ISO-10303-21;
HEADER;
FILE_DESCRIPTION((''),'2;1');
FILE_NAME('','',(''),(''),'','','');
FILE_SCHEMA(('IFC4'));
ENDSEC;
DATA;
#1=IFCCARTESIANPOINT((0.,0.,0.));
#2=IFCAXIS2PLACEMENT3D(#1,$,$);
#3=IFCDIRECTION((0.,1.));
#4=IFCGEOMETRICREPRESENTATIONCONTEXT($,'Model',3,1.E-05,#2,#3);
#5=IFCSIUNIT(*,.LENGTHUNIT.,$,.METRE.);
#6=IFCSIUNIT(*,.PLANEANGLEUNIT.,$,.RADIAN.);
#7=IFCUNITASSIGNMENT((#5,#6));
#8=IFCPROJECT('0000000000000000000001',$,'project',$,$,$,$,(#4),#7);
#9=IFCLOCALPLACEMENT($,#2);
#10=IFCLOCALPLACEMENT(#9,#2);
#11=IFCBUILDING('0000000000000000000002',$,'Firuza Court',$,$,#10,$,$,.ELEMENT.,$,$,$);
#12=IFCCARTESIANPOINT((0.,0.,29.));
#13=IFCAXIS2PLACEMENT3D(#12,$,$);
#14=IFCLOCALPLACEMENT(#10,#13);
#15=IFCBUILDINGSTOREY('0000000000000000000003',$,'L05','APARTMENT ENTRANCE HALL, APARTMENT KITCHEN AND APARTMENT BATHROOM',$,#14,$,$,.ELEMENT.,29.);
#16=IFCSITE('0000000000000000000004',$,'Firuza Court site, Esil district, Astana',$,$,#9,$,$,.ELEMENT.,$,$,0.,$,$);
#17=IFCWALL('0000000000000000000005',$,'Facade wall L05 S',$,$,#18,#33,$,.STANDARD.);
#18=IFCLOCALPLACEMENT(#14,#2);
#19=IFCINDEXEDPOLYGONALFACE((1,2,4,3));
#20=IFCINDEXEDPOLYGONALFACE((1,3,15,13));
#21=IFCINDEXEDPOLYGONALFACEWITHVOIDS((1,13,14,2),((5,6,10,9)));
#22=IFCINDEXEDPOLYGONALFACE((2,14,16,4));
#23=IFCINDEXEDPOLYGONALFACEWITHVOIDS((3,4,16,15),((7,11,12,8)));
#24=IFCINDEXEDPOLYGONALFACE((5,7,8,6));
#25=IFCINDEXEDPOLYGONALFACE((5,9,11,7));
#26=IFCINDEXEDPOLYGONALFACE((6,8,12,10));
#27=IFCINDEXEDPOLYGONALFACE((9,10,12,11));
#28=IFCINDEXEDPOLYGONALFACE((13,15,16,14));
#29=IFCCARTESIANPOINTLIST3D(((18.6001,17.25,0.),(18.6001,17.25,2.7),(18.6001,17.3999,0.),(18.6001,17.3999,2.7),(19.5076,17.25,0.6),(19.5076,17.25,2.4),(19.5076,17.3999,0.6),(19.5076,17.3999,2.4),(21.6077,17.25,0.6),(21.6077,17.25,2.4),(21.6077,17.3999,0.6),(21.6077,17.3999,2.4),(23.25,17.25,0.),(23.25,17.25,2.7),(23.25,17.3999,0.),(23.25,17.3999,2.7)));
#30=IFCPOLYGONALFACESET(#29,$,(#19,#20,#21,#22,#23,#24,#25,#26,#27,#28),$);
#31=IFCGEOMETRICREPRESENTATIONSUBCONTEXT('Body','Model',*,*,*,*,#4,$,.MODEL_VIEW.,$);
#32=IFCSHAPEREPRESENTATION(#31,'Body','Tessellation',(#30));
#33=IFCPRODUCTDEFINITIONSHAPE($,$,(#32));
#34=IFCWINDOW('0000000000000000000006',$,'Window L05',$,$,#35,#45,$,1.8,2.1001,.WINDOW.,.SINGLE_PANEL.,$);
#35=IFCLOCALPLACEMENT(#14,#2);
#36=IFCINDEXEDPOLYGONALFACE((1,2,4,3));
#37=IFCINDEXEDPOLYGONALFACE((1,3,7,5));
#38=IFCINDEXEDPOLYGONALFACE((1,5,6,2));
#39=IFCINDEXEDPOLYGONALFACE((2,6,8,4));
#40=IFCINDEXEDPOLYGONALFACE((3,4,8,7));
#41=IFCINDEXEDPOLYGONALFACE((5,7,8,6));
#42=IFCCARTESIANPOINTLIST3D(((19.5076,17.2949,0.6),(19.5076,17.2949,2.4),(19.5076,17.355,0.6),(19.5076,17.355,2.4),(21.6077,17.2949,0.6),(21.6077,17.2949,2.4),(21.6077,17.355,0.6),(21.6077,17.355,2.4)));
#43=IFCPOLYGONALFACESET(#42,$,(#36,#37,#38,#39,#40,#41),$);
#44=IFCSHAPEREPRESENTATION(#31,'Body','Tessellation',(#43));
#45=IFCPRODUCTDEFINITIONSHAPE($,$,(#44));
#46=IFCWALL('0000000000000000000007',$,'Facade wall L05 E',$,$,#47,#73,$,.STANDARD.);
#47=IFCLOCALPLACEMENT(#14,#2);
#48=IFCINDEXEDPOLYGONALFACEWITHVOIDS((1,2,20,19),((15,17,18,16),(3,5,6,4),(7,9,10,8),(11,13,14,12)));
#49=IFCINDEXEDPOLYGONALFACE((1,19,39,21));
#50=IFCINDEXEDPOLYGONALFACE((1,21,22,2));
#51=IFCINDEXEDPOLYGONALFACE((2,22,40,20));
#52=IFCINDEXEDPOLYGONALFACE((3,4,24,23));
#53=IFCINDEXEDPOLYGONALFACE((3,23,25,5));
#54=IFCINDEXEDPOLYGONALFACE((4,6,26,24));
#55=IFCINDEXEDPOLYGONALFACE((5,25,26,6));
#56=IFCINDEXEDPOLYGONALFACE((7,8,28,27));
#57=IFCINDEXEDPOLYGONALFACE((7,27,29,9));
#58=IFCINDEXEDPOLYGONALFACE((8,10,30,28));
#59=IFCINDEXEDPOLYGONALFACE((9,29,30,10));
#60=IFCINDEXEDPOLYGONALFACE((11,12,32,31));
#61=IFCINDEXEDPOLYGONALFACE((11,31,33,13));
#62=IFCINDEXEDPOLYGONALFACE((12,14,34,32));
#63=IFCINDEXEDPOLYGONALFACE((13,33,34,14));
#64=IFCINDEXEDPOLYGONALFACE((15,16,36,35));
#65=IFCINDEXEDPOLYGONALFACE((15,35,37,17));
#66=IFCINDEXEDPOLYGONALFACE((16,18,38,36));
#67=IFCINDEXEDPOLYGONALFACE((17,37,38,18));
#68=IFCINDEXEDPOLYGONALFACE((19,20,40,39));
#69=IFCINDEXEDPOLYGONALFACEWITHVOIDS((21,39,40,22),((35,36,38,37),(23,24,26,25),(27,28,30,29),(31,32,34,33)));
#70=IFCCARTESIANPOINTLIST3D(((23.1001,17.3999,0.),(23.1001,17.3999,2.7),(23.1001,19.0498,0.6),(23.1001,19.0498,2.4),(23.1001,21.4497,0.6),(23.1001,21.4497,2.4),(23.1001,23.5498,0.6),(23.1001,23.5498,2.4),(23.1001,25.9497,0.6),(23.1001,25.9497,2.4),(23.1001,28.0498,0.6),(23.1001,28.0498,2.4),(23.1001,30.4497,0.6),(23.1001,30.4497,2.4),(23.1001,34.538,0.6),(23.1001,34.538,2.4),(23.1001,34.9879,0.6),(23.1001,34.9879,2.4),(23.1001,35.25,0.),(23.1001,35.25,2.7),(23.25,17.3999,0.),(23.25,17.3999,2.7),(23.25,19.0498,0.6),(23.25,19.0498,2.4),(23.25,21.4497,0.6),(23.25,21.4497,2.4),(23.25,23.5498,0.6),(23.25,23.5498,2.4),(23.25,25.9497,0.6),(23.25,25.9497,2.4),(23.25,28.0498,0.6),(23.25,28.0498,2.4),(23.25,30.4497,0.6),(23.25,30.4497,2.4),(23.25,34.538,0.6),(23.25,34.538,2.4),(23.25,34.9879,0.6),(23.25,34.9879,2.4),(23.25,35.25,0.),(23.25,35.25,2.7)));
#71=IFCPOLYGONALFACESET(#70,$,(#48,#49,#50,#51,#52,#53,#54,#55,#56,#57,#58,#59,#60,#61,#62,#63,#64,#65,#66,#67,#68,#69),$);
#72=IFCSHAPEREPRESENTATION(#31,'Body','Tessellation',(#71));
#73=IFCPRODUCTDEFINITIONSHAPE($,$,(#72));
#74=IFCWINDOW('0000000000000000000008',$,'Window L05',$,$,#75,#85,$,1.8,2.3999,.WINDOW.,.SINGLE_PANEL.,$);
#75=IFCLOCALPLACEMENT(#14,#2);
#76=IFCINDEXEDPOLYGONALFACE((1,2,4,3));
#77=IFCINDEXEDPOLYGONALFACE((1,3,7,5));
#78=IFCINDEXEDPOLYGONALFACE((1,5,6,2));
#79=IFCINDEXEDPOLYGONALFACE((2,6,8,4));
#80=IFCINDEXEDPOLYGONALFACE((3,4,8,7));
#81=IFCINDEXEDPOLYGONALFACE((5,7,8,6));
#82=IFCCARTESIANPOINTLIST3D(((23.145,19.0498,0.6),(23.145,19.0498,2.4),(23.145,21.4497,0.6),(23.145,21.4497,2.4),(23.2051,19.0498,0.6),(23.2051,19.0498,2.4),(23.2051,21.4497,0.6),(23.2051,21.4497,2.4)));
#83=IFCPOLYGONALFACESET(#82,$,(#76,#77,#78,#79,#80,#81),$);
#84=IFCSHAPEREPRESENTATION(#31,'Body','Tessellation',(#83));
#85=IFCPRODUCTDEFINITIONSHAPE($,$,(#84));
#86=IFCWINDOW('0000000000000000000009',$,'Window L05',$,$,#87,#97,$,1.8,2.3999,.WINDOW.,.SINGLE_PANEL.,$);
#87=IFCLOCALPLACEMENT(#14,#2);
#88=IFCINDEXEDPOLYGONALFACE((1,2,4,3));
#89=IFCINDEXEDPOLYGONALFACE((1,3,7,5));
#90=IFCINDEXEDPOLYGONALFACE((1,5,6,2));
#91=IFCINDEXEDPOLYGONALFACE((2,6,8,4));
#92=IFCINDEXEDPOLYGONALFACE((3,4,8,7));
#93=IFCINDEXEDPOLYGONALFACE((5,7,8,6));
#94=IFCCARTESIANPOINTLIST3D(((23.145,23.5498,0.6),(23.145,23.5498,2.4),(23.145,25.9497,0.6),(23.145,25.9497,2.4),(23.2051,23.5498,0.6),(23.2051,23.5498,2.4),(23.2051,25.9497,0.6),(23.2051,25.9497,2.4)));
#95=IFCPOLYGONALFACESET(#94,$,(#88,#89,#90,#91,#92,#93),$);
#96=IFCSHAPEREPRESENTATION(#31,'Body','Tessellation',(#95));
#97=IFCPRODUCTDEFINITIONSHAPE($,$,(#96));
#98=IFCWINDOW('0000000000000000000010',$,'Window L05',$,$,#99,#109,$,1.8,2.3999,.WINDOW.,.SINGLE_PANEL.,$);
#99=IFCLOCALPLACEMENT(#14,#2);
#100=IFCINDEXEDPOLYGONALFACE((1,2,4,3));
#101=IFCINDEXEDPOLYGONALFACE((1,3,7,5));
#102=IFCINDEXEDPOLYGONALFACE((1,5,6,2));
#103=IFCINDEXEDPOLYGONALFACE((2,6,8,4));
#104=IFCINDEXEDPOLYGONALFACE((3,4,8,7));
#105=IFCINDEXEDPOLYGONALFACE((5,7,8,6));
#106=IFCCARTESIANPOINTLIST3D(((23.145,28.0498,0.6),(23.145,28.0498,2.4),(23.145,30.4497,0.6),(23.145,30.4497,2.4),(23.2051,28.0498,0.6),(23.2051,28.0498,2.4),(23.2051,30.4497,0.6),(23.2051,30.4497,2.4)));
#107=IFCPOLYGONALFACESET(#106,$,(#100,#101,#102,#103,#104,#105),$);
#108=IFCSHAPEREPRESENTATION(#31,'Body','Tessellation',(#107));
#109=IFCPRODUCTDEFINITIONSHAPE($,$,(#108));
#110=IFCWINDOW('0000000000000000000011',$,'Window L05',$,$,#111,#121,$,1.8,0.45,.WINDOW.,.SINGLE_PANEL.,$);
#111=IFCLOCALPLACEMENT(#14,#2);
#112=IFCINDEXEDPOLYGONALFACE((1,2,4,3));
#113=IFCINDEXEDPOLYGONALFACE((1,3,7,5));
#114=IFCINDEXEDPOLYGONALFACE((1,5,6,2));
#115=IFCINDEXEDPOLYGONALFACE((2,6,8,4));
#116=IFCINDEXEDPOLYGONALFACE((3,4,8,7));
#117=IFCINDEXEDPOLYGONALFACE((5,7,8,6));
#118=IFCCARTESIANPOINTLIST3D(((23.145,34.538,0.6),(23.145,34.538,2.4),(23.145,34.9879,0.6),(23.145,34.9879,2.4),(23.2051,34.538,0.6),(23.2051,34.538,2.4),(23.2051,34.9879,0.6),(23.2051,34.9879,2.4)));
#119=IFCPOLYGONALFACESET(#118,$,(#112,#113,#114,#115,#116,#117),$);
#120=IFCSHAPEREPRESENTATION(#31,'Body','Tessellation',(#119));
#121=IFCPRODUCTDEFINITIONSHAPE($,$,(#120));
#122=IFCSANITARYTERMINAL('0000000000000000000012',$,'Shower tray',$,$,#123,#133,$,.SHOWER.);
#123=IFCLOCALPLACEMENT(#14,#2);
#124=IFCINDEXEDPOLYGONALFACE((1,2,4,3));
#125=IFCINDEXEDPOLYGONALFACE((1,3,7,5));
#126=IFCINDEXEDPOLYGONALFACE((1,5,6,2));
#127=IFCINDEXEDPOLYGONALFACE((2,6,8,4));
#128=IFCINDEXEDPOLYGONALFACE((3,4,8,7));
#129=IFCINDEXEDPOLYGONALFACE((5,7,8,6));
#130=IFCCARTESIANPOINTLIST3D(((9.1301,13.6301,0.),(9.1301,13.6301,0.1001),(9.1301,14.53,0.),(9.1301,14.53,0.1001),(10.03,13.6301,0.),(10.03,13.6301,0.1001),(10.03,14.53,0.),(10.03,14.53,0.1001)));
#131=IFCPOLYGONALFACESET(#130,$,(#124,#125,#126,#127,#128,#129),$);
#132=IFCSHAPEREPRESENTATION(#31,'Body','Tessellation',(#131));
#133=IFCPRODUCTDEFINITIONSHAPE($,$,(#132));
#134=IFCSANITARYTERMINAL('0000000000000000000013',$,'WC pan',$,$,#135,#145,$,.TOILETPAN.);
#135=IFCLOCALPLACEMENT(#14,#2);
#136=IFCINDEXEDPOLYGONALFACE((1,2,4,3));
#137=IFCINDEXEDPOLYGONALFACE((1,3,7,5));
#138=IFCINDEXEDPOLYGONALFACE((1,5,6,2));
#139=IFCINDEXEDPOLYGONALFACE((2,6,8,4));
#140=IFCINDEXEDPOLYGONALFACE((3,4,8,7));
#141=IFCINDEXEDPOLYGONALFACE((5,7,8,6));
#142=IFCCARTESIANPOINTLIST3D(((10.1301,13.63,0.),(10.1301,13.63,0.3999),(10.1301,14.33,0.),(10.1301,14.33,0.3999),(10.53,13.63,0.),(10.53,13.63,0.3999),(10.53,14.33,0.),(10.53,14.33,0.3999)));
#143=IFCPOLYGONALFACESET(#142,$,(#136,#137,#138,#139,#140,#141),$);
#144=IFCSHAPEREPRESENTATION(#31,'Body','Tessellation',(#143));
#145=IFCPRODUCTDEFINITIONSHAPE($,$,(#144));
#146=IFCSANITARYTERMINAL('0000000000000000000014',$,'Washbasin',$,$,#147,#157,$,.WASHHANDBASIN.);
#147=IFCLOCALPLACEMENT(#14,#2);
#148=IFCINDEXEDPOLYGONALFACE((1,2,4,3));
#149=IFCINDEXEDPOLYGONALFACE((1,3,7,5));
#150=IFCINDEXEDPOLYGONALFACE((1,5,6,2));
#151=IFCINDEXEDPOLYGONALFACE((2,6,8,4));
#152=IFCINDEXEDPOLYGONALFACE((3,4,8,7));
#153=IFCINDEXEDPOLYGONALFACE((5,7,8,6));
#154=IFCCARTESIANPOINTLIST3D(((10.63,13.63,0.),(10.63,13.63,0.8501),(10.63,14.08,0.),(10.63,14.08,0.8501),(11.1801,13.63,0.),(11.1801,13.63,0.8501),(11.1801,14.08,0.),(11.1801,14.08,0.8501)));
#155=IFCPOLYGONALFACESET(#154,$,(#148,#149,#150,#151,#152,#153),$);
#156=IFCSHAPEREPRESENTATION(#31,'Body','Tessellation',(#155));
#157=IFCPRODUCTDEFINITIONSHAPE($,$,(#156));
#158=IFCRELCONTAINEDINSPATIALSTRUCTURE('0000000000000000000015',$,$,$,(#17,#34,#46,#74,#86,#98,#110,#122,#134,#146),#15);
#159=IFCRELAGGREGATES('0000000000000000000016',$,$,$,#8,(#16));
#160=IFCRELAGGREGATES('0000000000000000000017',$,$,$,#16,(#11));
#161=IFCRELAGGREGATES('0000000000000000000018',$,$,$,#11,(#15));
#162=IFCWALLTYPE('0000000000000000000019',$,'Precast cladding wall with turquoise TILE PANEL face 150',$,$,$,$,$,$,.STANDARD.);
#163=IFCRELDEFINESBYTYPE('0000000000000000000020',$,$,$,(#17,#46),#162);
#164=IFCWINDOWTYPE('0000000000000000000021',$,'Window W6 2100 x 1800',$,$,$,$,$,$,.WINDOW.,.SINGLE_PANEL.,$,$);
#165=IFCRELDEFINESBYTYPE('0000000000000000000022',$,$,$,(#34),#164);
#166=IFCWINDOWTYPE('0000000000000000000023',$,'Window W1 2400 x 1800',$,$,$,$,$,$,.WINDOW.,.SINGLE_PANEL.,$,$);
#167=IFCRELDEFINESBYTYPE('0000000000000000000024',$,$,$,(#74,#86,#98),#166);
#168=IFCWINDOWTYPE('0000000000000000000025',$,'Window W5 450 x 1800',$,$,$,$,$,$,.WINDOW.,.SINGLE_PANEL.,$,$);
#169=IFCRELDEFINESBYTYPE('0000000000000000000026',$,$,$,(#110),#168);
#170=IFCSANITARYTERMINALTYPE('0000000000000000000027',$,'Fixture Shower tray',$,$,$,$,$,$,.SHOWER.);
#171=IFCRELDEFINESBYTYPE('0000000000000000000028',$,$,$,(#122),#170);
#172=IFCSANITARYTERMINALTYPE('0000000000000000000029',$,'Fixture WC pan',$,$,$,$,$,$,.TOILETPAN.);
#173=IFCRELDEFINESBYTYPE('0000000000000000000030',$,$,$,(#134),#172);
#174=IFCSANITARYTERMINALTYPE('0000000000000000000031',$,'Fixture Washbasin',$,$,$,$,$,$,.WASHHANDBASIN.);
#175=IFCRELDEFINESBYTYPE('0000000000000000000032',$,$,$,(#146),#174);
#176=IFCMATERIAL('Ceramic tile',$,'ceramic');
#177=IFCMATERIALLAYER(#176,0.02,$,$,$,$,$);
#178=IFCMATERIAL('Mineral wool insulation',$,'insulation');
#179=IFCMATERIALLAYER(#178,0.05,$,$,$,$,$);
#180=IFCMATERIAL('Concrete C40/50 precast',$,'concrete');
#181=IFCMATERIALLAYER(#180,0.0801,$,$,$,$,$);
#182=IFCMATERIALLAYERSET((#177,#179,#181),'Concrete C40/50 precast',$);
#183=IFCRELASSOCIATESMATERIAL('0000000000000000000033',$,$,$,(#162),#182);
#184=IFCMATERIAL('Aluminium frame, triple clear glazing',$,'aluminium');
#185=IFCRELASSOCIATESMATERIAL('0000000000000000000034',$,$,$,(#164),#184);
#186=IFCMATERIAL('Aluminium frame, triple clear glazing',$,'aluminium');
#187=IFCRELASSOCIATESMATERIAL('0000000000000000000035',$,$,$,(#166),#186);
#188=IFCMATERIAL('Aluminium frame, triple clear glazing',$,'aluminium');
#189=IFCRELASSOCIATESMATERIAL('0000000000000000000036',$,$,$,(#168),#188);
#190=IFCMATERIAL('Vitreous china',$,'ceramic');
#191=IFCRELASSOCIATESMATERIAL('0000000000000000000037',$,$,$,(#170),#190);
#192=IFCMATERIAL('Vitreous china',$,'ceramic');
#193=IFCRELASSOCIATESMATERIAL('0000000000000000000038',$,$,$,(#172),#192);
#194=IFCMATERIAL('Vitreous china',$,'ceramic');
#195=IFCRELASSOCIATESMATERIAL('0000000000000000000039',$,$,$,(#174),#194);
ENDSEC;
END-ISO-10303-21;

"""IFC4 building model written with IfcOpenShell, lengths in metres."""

from ifc_helpers import new_model, si_unit, direction, frame, frame_2d, origin, origin_2d, place, context, subcontext, project, spatial, rectangle, extrude, material, layer, layer_set, type_object, element, fill, save


model = new_model("IFC4")

# Units and contexts
model_context = context("Model", 3, precision=1e-05, world=origin(), true_north=direction((0.0, 1.0)))
body_context = subcontext(model_context, "Body", "Model", "MODEL_VIEW")
ifc_project = project(units=[si_unit("LENGTHUNIT", "METRE"), si_unit("PLANEANGLEUNIT", "RADIAN")], contexts=[model_context])

# Site, building, storey
site_placement = place(None, origin())
site = spatial("IfcSite", under=ifc_project, at=site_placement, Name="Firuza Court site, Esil district, Astana", CompositionType="ELEMENT", RefElevation=0.0)
building_placement = place(site_placement, origin())
building = spatial("IfcBuilding", under=site, at=building_placement, Name="Firuza Court", CompositionType="ELEMENT")
storey_placement = place(building_placement, frame((0.0, 0.0, 29.0)))
storey = spatial("IfcBuildingStorey", under=building, at=storey_placement, Name="L05", Description="APARTMENT ENTRANCE HALL, APARTMENT KITCHEN AND APARTMENT BATHROOM", CompositionType="ELEMENT", Elevation=29.0)

# Wall, opening, window
ifc_material_1 = material(Name="Ceramic tile", Category="ceramic")
ifc_layer_1 = layer(ifc_material_1, 0.02)
ifc_material_2 = material(Name="Mineral wool insulation", Category="insulation")
ifc_layer_2 = layer(ifc_material_2, 0.05)
ifc_material_3 = material(Name="Concrete C40/50 precast", Category="concrete")
ifc_layer_3 = layer(ifc_material_3, 0.0801)
ifc_layer_set_1 = layer_set([ifc_layer_1, ifc_layer_2, ifc_layer_3], Name="Concrete C40/50 precast")
wall_type_1 = type_object("IfcWallType", Name="Precast cladding wall with turquoise TILE PANEL face 150", PredefinedType="STANDARD", material=ifc_layer_set_1)
wall_1_placement = place(storey_placement, frame((18.6001, 17.325, 0.0), z_axis=(0.0, 0.0, 1.0), x_axis=(1.0, 0.0, 0.0)))
wall_1 = element("IfcWall", 1, at=wall_1_placement, inside=storey, type_object=wall_type_1, Name="Facade wall L05 S", PredefinedType="STANDARD", context=body_context, shape_type="SweptSolid", body=[
    extrude(rectangle(XDim=4.6499, YDim=0.1499, at=frame_2d((2.325, 0.0))), origin(), (0.0, 0.0, 1.0), 2.7),
])
opening_1_placement = place(wall_1_placement, frame((0.9075, 0.0, 0.6001)))
opening_1 = element("IfcOpeningElement", 2, at=opening_1_placement, cuts=wall_1, PredefinedType="OPENING", context=body_context, shape_type="SweptSolid", body=[
    extrude(rectangle(XDim=2.1001, YDim=1.8, at=frame_2d((1.05, 0.8999))), frame((0.0, 0.0869, 0.0), z_axis=(0.0, -1.0, 0.0), x_axis=(1.0, 0.0, 0.0)), (0.0, 0.0, 1.0), 0.1738),
])
ifc_material_4 = material(Name="Aluminium frame, triple clear glazing", Category="aluminium")
window_type_1 = type_object("IfcWindowType", Name="Window W6 2100 x 1800", PartitioningType="SINGLE_PANEL", PredefinedType="WINDOW", material=ifc_material_4)
window_1_placement = place(opening_1_placement, origin())
window_1 = element("IfcWindow", 3, at=window_1_placement, inside=storey, type_object=window_type_1, Name="Window L05", OverallHeight=1.8, OverallWidth=2.1001, PartitioningType="SINGLE_PANEL", PredefinedType="WINDOW", context=body_context, shape_type="SweptSolid", body=[
    extrude(rectangle(XDim=2.1001, YDim=1.8, at=frame_2d((1.05, 0.8999))), frame((0.0, 0.03, 0.0), z_axis=(0.0, -1.0, 0.0), x_axis=(1.0, 0.0, 0.0)), (0.0, 0.0, 1.0), 0.0601),
])
fill(opening_1, window_1)

# Wall, openings, windows
wall_2_placement = place(storey_placement, frame((23.175, 17.3999, 0.0), z_axis=(0.0, 0.0, 1.0), x_axis=(0.0, 1.0, 0.0)))
wall_2 = element("IfcWall", 4, at=wall_2_placement, inside=storey, type_object=wall_type_1, Name="Facade wall L05 E", PredefinedType="STANDARD", context=body_context, shape_type="SweptSolid", body=[
    extrude(rectangle(XDim=17.8501, YDim=0.1499, at=frame_2d((8.925, 0.0))), origin(), (0.0, 0.0, 1.0), 2.7),
])
opening_2_placement = place(wall_2_placement, frame((1.6499, 0.0, 0.6001)))
opening_2 = element("IfcOpeningElement", 5, at=opening_2_placement, cuts=wall_2, PredefinedType="OPENING", context=body_context, shape_type="SweptSolid", body=[
    extrude(rectangle(XDim=2.3999, YDim=1.8, at=frame_2d((1.2, 0.8999))), frame((0.0, 0.0869, 0.0), z_axis=(0.0, -1.0, 0.0), x_axis=(1.0, 0.0, 0.0)), (0.0, 0.0, 1.0), 0.1738),
])
opening_3_placement = place(wall_2_placement, frame((6.1499, 0.0, 0.6001)))
opening_3 = element("IfcOpeningElement", 6, at=opening_3_placement, cuts=wall_2, PredefinedType="OPENING", context=body_context, shape_type="SweptSolid", body=[
    extrude(rectangle(XDim=2.3999, YDim=1.8, at=frame_2d((1.2, 0.8999))), frame((0.0, 0.0869, 0.0), z_axis=(0.0, -1.0, 0.0), x_axis=(1.0, 0.0, 0.0)), (0.0, 0.0, 1.0), 0.1738),
])
opening_4_placement = place(wall_2_placement, frame((10.6499, 0.0, 0.6001)))
opening_4 = element("IfcOpeningElement", 7, at=opening_4_placement, cuts=wall_2, PredefinedType="OPENING", context=body_context, shape_type="SweptSolid", body=[
    extrude(rectangle(XDim=2.3999, YDim=1.8, at=frame_2d((1.2, 0.8999))), frame((0.0, 0.0869, 0.0), z_axis=(0.0, -1.0, 0.0), x_axis=(1.0, 0.0, 0.0)), (0.0, 0.0, 1.0), 0.1738),
])
opening_5_placement = place(wall_2_placement, frame((17.1379, 0.0, 0.6001)))
opening_5 = element("IfcOpeningElement", 8, at=opening_5_placement, cuts=wall_2, PredefinedType="OPENING", context=body_context, shape_type="SweptSolid", body=[
    extrude(rectangle(XDim=0.45, YDim=1.8, at=frame_2d((0.2251, 0.8999))), frame((0.0, 0.0869, 0.0), z_axis=(0.0, -1.0, 0.0), x_axis=(1.0, 0.0, 0.0)), (0.0, 0.0, 1.0), 0.1738),
])
ifc_material_5 = material(Name="Aluminium frame, triple clear glazing", Category="aluminium")
window_type_2 = type_object("IfcWindowType", Name="Window W1 2400 x 1800", PartitioningType="SINGLE_PANEL", PredefinedType="WINDOW", material=ifc_material_5)
window_2_placement = place(opening_2_placement, origin())
window_2 = element("IfcWindow", 9, at=window_2_placement, inside=storey, type_object=window_type_2, Name="Window L05", OverallHeight=1.8, OverallWidth=2.3999, PartitioningType="SINGLE_PANEL", PredefinedType="WINDOW", context=body_context, shape_type="SweptSolid", body=[
    extrude(rectangle(XDim=2.3999, YDim=1.8, at=frame_2d((1.2, 0.8999))), frame((0.0, 0.03, 0.0), z_axis=(0.0, -1.0, 0.0), x_axis=(1.0, 0.0, 0.0)), (0.0, 0.0, 1.0), 0.0601),
])
fill(opening_2, window_2)
window_3_placement = place(opening_3_placement, origin())
window_3 = element("IfcWindow", 10, at=window_3_placement, inside=storey, type_object=window_type_2, Name="Window L05", OverallHeight=1.8, OverallWidth=2.3999, PartitioningType="SINGLE_PANEL", PredefinedType="WINDOW", context=body_context, shape_type="SweptSolid", body=[
    extrude(rectangle(XDim=2.3999, YDim=1.8, at=frame_2d((1.2, 0.8999))), frame((0.0, 0.03, 0.0), z_axis=(0.0, -1.0, 0.0), x_axis=(1.0, 0.0, 0.0)), (0.0, 0.0, 1.0), 0.0601),
])
fill(opening_3, window_3)
window_4_placement = place(opening_4_placement, origin())
window_4 = element("IfcWindow", 11, at=window_4_placement, inside=storey, type_object=window_type_2, Name="Window L05", OverallHeight=1.8, OverallWidth=2.3999, PartitioningType="SINGLE_PANEL", PredefinedType="WINDOW", context=body_context, shape_type="SweptSolid", body=[
    extrude(rectangle(XDim=2.3999, YDim=1.8, at=frame_2d((1.2, 0.8999))), frame((0.0, 0.03, 0.0), z_axis=(0.0, -1.0, 0.0), x_axis=(1.0, 0.0, 0.0)), (0.0, 0.0, 1.0), 0.0601),
])
fill(opening_4, window_4)
ifc_material_6 = material(Name="Aluminium frame, triple clear glazing", Category="aluminium")
window_type_3 = type_object("IfcWindowType", Name="Window W5 450 x 1800", PartitioningType="SINGLE_PANEL", PredefinedType="WINDOW", material=ifc_material_6)
window_5_placement = place(opening_5_placement, origin())
window_5 = element("IfcWindow", 12, at=window_5_placement, inside=storey, type_object=window_type_3, Name="Window L05", OverallHeight=1.8, OverallWidth=0.45, PartitioningType="SINGLE_PANEL", PredefinedType="WINDOW", context=body_context, shape_type="SweptSolid", body=[
    extrude(rectangle(XDim=0.45, YDim=1.8, at=frame_2d((0.2251, 0.8999))), frame((0.0, 0.03, 0.0), z_axis=(0.0, -1.0, 0.0), x_axis=(1.0, 0.0, 0.0)), (0.0, 0.0, 1.0), 0.0601),
])
fill(opening_5, window_5)

# Sanitary terminals
ifc_material_7 = material(Name="Vitreous china", Category="ceramic")
sanitary_terminal_type_1 = type_object("IfcSanitaryTerminalType", Name="Fixture Shower tray", PredefinedType="SHOWER", material=ifc_material_7)
sanitary_terminal_1_placement = place(storey_placement, frame((9.5801, 14.0801, 0.0), z_axis=(0.0, 0.0, 1.0), x_axis=(1.0, 0.0, 0.0)))
element("IfcSanitaryTerminal", 13, at=sanitary_terminal_1_placement, inside=storey, type_object=sanitary_terminal_type_1, Name="Shower tray", PredefinedType="SHOWER", context=body_context, shape_type="SweptSolid", body=[
    extrude(rectangle(XDim=0.8999, YDim=0.8999, at=origin_2d()), origin(), (0.0, 0.0, 1.0), 0.1001),
])
ifc_material_8 = material(Name="Vitreous china", Category="ceramic")
sanitary_terminal_type_2 = type_object("IfcSanitaryTerminalType", Name="Fixture WC pan", PredefinedType="TOILETPAN", material=ifc_material_8)
sanitary_terminal_2_placement = place(storey_placement, frame((10.3301, 13.98, 0.0), z_axis=(0.0, 0.0, 1.0), x_axis=(1.0, 0.0, 0.0)))
element("IfcSanitaryTerminal", 14, at=sanitary_terminal_2_placement, inside=storey, type_object=sanitary_terminal_type_2, Name="WC pan", PredefinedType="TOILETPAN", context=body_context, shape_type="SweptSolid", body=[
    extrude(rectangle(XDim=0.3999, YDim=0.7, at=origin_2d()), origin(), (0.0, 0.0, 1.0), 0.3999),
])
ifc_material_9 = material(Name="Vitreous china", Category="ceramic")
sanitary_terminal_type_3 = type_object("IfcSanitaryTerminalType", Name="Fixture Washbasin", PredefinedType="WASHHANDBASIN", material=ifc_material_9)
sanitary_terminal_3_placement = place(storey_placement, frame((10.905, 13.855, 0.0), z_axis=(0.0, 0.0, 1.0), x_axis=(1.0, 0.0, 0.0)))
element("IfcSanitaryTerminal", 15, at=sanitary_terminal_3_placement, inside=storey, type_object=sanitary_terminal_type_3, Name="Washbasin", PredefinedType="WASHHANDBASIN", context=body_context, shape_type="SweptSolid", body=[
    extrude(rectangle(XDim=0.55, YDim=0.45, at=origin_2d()), origin(), (0.0, 0.0, 1.0), 0.8501),
])

save(model, "model.ifc")
